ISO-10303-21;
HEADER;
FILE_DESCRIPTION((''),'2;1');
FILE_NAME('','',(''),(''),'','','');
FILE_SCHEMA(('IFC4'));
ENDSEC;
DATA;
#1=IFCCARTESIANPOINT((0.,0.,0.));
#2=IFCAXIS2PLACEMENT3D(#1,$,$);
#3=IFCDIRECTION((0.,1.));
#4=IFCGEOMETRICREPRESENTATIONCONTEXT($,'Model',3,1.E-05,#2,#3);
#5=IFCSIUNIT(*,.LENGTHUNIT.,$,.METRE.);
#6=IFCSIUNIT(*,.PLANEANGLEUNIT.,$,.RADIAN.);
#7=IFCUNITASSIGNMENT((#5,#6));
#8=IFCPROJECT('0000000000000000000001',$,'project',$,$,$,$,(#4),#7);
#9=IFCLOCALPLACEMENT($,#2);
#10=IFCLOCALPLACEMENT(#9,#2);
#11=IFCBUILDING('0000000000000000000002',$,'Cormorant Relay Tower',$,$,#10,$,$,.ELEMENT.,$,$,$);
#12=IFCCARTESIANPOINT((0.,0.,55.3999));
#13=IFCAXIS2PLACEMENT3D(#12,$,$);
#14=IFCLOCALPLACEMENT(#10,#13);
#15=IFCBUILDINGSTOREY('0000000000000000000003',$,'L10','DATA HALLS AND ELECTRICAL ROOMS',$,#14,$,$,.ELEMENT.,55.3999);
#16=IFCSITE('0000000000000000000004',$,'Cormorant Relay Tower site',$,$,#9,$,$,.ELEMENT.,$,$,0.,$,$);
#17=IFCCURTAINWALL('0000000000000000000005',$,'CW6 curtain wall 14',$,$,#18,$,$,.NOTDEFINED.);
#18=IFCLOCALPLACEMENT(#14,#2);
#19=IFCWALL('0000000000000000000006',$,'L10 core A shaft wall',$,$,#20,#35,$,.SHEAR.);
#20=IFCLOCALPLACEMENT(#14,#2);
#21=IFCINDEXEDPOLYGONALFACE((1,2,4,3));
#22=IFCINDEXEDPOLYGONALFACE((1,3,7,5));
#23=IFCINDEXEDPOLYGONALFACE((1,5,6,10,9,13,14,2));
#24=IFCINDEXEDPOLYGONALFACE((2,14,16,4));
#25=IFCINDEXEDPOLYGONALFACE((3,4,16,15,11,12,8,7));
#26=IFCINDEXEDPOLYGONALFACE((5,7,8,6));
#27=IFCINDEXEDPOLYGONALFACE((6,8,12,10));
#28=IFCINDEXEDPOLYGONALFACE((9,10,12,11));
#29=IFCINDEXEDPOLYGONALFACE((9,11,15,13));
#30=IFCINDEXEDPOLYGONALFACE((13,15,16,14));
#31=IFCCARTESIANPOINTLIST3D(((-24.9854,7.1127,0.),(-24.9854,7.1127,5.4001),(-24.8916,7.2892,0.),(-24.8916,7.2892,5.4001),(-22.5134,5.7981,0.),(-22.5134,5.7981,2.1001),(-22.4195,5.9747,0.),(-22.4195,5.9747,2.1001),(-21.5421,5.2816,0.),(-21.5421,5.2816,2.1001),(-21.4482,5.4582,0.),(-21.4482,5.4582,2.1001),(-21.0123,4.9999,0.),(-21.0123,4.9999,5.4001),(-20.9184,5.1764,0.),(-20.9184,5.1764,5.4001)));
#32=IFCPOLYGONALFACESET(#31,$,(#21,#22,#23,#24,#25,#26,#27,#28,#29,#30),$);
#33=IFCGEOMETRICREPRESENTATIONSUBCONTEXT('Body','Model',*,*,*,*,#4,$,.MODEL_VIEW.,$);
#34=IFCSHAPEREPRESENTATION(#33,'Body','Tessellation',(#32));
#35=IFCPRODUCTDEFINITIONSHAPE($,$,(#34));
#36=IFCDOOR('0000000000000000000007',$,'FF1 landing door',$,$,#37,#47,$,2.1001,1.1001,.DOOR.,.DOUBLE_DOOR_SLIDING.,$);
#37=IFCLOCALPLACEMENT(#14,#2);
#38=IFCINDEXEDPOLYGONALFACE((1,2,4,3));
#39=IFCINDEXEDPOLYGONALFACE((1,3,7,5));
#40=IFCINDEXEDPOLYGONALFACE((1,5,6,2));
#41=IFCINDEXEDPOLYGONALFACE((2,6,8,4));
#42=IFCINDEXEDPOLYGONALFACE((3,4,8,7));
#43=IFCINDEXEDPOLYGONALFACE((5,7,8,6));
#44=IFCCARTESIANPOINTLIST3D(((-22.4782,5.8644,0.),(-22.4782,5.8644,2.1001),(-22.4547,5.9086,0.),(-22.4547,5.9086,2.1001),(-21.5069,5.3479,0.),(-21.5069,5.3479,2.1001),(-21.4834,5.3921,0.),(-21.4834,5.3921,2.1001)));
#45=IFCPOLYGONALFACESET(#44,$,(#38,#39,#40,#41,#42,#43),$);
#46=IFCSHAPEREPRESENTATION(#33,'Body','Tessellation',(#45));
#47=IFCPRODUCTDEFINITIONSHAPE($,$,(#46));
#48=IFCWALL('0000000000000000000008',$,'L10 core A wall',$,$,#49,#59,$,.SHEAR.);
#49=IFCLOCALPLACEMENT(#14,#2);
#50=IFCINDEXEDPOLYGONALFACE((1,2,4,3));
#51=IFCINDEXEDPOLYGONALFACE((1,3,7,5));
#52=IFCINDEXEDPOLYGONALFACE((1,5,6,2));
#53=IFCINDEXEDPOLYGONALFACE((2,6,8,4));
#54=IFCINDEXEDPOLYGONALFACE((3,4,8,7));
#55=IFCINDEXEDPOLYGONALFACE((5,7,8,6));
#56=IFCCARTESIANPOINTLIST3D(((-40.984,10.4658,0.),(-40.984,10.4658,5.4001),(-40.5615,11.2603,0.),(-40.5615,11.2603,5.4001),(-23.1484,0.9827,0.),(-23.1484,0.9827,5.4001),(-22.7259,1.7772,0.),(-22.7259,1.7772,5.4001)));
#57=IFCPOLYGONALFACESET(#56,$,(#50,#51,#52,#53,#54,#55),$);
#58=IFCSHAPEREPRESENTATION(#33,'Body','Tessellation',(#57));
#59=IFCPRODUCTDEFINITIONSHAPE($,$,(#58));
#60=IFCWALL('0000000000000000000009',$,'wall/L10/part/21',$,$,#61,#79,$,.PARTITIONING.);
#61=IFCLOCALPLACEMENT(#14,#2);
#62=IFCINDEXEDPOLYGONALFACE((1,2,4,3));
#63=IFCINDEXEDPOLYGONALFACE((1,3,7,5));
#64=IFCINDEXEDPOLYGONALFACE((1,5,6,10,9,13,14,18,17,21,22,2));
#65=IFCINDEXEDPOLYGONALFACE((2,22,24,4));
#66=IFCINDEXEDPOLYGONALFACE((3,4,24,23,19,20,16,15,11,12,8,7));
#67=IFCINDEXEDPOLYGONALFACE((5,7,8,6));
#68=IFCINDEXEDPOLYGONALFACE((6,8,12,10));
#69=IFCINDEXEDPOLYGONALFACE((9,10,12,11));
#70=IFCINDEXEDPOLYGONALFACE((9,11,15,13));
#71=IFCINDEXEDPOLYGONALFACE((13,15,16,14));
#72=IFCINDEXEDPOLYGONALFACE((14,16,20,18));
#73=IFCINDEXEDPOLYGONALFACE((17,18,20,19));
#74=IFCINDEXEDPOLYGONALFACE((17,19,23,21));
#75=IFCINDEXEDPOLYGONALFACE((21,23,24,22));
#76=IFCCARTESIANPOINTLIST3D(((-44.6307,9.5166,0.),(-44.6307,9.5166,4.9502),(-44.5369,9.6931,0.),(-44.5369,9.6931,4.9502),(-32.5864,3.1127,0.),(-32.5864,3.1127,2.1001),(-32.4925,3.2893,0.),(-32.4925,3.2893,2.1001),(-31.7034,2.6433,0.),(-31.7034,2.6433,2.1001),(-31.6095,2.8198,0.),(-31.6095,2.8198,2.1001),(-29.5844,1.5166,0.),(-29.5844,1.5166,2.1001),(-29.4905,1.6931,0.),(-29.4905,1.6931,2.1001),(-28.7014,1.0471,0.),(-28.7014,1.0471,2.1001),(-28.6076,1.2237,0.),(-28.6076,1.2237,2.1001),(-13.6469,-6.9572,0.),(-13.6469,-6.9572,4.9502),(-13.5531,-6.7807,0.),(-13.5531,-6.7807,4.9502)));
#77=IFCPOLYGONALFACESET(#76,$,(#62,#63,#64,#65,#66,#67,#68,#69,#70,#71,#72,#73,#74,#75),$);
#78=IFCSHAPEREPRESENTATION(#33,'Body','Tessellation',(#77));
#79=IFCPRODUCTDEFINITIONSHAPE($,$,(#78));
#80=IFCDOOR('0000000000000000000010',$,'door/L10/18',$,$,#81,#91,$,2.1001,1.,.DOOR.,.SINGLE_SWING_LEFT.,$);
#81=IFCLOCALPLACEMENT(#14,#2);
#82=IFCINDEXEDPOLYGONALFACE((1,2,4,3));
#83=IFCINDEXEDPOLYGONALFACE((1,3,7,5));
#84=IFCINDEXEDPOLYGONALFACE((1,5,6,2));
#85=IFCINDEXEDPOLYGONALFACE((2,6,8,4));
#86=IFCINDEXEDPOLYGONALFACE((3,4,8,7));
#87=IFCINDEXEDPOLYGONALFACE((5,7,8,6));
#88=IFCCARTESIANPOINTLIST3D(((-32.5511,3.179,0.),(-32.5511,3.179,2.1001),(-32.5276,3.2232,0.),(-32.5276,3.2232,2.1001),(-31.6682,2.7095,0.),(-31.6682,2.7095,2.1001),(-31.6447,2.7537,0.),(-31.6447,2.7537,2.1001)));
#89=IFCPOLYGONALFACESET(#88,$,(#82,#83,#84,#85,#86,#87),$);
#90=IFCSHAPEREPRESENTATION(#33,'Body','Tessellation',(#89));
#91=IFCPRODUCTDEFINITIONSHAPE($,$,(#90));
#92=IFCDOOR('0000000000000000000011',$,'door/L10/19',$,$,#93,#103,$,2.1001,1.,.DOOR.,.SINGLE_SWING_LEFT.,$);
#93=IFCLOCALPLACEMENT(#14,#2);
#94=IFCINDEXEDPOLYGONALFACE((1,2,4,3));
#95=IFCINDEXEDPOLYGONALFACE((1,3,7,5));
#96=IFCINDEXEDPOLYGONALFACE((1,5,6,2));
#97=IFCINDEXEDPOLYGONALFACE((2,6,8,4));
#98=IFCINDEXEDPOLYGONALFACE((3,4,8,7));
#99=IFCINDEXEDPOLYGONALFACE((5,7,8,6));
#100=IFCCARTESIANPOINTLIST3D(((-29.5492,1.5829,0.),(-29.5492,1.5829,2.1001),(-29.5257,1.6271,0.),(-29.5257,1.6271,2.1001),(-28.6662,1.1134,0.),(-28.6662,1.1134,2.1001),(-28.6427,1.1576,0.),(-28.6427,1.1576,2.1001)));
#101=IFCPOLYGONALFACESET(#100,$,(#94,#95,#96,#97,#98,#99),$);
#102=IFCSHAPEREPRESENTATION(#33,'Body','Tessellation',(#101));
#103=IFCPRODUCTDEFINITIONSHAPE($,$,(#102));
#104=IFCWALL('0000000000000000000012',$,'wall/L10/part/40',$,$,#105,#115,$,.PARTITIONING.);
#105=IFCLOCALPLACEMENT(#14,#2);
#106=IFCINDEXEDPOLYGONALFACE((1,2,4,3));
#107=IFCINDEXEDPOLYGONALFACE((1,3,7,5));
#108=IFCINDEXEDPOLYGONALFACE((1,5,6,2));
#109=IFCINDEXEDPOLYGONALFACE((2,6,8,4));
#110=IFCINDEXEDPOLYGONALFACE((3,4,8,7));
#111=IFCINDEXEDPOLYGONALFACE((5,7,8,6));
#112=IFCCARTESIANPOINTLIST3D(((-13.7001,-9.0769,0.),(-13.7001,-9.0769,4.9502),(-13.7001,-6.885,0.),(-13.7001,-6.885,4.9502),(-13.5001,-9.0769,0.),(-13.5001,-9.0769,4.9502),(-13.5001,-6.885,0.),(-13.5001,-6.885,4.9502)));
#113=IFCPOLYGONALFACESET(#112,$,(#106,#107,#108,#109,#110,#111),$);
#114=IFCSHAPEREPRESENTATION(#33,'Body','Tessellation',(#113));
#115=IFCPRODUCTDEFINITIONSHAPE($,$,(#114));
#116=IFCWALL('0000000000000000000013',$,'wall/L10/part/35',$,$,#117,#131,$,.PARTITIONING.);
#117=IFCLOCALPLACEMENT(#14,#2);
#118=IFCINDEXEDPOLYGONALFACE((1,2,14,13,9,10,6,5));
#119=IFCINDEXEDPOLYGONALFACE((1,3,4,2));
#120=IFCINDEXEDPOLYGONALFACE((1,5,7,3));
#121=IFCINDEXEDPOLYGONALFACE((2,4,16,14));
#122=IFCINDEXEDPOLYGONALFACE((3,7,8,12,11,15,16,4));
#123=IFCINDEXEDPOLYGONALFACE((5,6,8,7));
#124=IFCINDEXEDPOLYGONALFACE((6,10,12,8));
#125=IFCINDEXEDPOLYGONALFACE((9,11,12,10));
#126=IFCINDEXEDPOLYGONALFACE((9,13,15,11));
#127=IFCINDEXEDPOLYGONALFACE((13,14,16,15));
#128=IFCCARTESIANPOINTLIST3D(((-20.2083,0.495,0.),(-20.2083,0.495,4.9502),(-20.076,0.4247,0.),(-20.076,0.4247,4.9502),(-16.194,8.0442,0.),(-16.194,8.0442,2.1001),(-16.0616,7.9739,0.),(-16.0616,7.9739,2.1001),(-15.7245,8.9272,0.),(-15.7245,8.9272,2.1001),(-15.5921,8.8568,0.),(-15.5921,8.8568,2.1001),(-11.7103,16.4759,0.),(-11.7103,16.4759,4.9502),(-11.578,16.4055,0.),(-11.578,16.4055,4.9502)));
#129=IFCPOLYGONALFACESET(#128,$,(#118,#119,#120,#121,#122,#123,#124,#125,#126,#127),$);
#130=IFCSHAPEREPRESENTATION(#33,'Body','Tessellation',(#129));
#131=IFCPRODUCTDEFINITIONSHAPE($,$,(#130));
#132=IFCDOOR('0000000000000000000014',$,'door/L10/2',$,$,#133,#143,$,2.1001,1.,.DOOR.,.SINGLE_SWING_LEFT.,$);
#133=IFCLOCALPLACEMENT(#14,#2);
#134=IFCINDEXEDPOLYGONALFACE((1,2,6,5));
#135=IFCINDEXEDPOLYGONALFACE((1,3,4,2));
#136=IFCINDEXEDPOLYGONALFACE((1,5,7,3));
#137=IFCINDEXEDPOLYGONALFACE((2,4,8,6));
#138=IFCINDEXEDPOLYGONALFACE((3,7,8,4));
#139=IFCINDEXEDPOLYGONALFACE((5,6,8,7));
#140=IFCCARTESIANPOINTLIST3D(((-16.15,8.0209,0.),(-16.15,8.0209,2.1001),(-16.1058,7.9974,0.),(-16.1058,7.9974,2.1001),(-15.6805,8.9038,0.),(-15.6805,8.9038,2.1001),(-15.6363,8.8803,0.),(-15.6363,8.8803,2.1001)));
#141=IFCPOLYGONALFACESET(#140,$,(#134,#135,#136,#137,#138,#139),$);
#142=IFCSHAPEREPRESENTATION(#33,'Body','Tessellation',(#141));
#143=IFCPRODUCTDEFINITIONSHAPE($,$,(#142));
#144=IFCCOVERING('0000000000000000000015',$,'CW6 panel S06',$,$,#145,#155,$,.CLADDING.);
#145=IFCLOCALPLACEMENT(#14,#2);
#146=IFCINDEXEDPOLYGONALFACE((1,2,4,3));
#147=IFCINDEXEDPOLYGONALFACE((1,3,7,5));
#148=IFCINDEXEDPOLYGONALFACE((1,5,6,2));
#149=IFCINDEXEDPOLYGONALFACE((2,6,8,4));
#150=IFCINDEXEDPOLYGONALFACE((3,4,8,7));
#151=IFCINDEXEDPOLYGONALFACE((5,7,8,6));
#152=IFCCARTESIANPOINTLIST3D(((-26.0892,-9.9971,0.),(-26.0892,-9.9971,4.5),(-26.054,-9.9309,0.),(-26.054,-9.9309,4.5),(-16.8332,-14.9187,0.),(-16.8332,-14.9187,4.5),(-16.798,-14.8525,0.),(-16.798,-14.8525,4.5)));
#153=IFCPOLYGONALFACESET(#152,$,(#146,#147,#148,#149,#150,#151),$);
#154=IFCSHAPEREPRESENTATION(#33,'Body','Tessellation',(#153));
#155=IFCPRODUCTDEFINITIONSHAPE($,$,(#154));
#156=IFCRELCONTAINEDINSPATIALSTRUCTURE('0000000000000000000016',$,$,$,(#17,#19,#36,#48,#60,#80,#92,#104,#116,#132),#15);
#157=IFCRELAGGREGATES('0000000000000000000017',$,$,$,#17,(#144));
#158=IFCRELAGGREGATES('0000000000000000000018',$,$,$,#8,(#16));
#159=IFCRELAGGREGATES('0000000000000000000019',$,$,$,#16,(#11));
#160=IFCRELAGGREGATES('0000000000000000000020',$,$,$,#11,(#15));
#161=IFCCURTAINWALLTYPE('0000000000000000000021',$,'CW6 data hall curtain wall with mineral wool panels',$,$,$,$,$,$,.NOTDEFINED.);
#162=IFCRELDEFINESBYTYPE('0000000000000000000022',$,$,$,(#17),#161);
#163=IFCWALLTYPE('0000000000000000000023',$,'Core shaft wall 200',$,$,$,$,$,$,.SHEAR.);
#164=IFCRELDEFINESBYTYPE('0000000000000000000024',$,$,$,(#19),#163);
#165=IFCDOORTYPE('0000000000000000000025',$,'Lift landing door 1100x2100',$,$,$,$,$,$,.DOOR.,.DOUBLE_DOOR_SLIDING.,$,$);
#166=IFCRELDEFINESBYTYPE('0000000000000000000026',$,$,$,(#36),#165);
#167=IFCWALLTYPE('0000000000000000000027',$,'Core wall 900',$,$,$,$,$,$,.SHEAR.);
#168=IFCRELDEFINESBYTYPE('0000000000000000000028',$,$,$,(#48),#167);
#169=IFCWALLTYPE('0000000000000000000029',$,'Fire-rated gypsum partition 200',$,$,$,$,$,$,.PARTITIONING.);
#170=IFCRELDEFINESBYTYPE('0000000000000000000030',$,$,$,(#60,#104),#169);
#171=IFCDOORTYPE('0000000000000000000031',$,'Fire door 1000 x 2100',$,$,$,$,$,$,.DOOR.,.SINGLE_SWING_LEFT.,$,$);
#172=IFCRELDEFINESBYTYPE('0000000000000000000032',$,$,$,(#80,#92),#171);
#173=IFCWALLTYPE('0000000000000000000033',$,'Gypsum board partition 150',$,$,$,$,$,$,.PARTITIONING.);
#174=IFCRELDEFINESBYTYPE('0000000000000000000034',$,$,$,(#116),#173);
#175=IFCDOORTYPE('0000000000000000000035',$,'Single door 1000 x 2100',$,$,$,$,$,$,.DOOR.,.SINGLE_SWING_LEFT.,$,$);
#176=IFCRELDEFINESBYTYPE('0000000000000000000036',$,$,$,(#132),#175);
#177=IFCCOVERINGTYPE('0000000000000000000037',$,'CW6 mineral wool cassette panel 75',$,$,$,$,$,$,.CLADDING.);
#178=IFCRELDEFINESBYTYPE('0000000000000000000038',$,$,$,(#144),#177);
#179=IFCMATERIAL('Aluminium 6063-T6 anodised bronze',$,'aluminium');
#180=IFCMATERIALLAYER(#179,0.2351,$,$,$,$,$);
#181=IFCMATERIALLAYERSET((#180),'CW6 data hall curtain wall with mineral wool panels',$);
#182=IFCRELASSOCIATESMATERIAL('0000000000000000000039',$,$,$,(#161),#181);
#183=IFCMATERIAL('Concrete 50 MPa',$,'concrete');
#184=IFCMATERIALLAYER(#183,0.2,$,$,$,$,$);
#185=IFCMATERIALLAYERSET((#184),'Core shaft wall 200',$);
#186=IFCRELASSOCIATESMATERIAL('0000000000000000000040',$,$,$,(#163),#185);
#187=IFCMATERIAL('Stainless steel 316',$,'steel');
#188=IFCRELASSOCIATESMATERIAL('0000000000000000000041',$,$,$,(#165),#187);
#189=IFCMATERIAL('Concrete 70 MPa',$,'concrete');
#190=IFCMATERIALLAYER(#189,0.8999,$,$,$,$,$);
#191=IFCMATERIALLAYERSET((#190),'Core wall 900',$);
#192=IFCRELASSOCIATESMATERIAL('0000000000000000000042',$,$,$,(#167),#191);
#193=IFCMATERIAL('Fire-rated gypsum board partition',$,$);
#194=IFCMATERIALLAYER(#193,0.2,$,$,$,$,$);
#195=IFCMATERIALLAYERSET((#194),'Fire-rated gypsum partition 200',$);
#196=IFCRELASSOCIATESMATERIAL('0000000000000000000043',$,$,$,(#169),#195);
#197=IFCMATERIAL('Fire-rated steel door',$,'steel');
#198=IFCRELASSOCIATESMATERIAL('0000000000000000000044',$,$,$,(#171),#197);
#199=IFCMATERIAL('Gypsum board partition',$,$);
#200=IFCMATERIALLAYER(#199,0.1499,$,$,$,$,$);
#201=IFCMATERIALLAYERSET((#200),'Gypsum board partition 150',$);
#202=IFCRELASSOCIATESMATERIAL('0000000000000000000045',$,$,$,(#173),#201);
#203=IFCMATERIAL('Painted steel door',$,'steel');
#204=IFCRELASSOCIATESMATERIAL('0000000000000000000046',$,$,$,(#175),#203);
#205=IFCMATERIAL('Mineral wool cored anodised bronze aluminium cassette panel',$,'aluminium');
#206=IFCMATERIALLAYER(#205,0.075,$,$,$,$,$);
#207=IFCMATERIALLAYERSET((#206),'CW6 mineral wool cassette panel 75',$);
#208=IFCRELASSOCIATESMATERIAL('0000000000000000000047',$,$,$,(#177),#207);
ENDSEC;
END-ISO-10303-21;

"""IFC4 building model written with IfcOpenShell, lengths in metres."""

from ifc_helpers import new_model, si_unit, direction, frame, frame_2d, origin, origin_2d, place, context, subcontext, project, spatial, rectangle, extrude, material, layer, layer_set, type_object, element, fill, aggregate, save


model = new_model("IFC4")

# Units and contexts
model_context = context("Model", 3, precision=1e-05, world=origin(), true_north=direction((0.0, 1.0)))
body_context = subcontext(model_context, "Body", "Model", "MODEL_VIEW")
ifc_project = project(units=[si_unit("LENGTHUNIT", "METRE"), si_unit("PLANEANGLEUNIT", "RADIAN")], contexts=[model_context])

# Site, building, storey
site_placement = place(None, origin())
site = spatial("IfcSite", under=ifc_project, at=site_placement, Name="Cormorant Relay Tower site", CompositionType="ELEMENT", RefElevation=0.0)
building_placement = place(site_placement, origin())
building = spatial("IfcBuilding", under=site, at=building_placement, Name="Cormorant Relay Tower", CompositionType="ELEMENT")
storey_placement = place(building_placement, frame((0.0, 0.0, 55.3999)))
storey = spatial("IfcBuildingStorey", under=building, at=storey_placement, Name="L10", Description="DATA HALLS AND ELECTRICAL ROOMS", CompositionType="ELEMENT", Elevation=55.3999)

# Curtain wall
ifc_material_1 = material(Name="Aluminium 6063-T6 anodised bronze", Category="aluminium")
ifc_layer_1 = layer(ifc_material_1, 0.2351)
ifc_layer_set_1 = layer_set([ifc_layer_1], Name="CW6 data hall curtain wall with mineral wool panels")
curtain_wall_type = type_object("IfcCurtainWallType", Name="CW6 data hall curtain wall with mineral wool panels", PredefinedType="NOTDEFINED", material=ifc_layer_set_1)
curtain_wall_placement = place(storey_placement, origin())
curtain_wall = element("IfcCurtainWall", 1, at=curtain_wall_placement, inside=storey, type_object=curtain_wall_type, Name="CW6 curtain wall 14", PredefinedType="NOTDEFINED")

# Shared definitions
ifc_material_2 = material(Name="Concrete 50 MPa", Category="concrete")
ifc_layer_2 = layer(ifc_material_2, 0.2)
ifc_layer_set_2 = layer_set([ifc_layer_2], Name="Core shaft wall 200")
wall_type_1 = type_object("IfcWallType", Name="Core shaft wall 200", PredefinedType="SHEAR", material=ifc_layer_set_2)

# Wall, opening, door
wall_1_placement = place(storey_placement, frame((-20.9653, 5.0881, 0.0), z_axis=(0.0, 0.0, 1.0), x_axis=(-0.882926, 0.469512, 0.0)))
wall_1 = element("IfcWall", 2, at=wall_1_placement, inside=storey, type_object=wall_type_1, Name="L10 core A shaft wall", PredefinedType="SHEAR", context=body_context, shape_type="SweptSolid", body=[
    extrude(rectangle(XDim=4.5, YDim=0.2, at=frame_2d((2.25, 0.0))), origin(), (0.0, 0.0, 1.0), 5.4001),
])
opening_1_placement = place(wall_1_placement, frame((0.6001, 0.0, 0.0)))
opening_1 = element("IfcOpeningElement", 3, at=opening_1_placement, cuts=wall_1, PredefinedType="OPENING", context=body_context, shape_type="SweptSolid", body=[
    extrude(rectangle(XDim=1.1001, YDim=2.1001, at=frame_2d((0.55, 1.05))), frame((0.0, 0.1099, 0.0), z_axis=(0.0, -1.0, 0.0), x_axis=(1.0, 0.0, 0.0)), (0.0, 0.0, 1.0), 0.22),
])
ifc_material_3 = material(Name="Stainless steel 316", Category="steel")
door_type_1 = type_object("IfcDoorType", Name="Lift landing door 1100x2100", OperationType="DOUBLE_DOOR_SLIDING", PredefinedType="DOOR", material=ifc_material_3)
door_1_placement = place(opening_1_placement, origin())
door_1 = element("IfcDoor", 4, at=door_1_placement, inside=storey, type_object=door_type_1, Name="FF1 landing door", OperationType="DOUBLE_DOOR_SLIDING", OverallHeight=2.1001, OverallWidth=1.1001, PredefinedType="DOOR", context=body_context, shape_type="SweptSolid", body=[
    extrude(rectangle(XDim=1.1001, YDim=2.1001, at=frame_2d((0.55, 1.05))), frame((0.0, 0.0249, 0.0), z_axis=(0.0, -1.0, 0.0), x_axis=(1.0, 0.0, 0.0)), (0.0, 0.0, 1.0), 0.05),
])
fill(opening_1, door_1)

# Wall
ifc_material_4 = material(Name="Concrete 70 MPa", Category="concrete")
ifc_layer_3 = layer(ifc_material_4, 0.8999)
ifc_layer_set_3 = layer_set([ifc_layer_3], Name="Core wall 900")
wall_type_2 = type_object("IfcWallType", Name="Core wall 900", PredefinedType="SHEAR", material=ifc_layer_set_3)
wall_2_placement = place(storey_placement, frame((-22.937, 1.3799, 0.0), z_axis=(0.0, 0.0, 1.0), x_axis=(-0.882953, 0.469462, 0.0)))
element("IfcWall", 5, at=wall_2_placement, inside=storey, type_object=wall_type_2, Name="L10 core A wall", PredefinedType="SHEAR", context=body_context, shape_type="SweptSolid", body=[
    extrude(rectangle(XDim=20.2, YDim=0.8999, at=frame_2d((10.1001, 0.0))), origin(), (0.0, 0.0, 1.0), 5.4001),
])

# Wall, openings, doors
ifc_material_5 = material(Name="Fire-rated gypsum board partition")
ifc_layer_4 = layer(ifc_material_5, 0.2)
ifc_layer_set_4 = layer_set([ifc_layer_4], Name="Fire-rated gypsum partition 200")
wall_type_3 = type_object("IfcWallType", Name="Fire-rated gypsum partition 200", PredefinedType="PARTITIONING", material=ifc_layer_set_4)
wall_3_placement = place(storey_placement, frame((-13.6001, -6.8689, 0.0), z_axis=(0.0, 0.0, 1.0), x_axis=(-0.882954, 0.469459, 0.0)))
wall_3 = element("IfcWall", 6, at=wall_3_placement, inside=storey, type_object=wall_type_3, Name="wall/L10/part/21", PredefinedType="PARTITIONING", context=body_context, shape_type="SweptSolid", body=[
    extrude(rectangle(XDim=35.0911, YDim=0.2, at=frame_2d((17.5454, 0.0))), origin(), (0.0, 0.0, 1.0), 4.9502),
])
opening_2_placement = place(wall_3_placement, frame((20.45, 0.0, 0.0)))
opening_2 = element("IfcOpeningElement", 7, at=opening_2_placement, cuts=wall_3, PredefinedType="OPENING", context=body_context, shape_type="SweptSolid", body=[
    extrude(rectangle(XDim=1.0, YDim=2.1001, at=frame_2d((0.5, 1.05))), frame((0.0, 0.1099, 0.0), z_axis=(0.0, -1.0, 0.0), x_axis=(1.0, 0.0, 0.0)), (0.0, 0.0, 1.0), 0.22),
])
opening_3_placement = place(wall_3_placement, frame((17.05, 0.0, 0.0)))
opening_3 = element("IfcOpeningElement", 8, at=opening_3_placement, cuts=wall_3, PredefinedType="OPENING", context=body_context, shape_type="SweptSolid", body=[
    extrude(rectangle(XDim=1.0, YDim=2.1001, at=frame_2d((0.5, 1.05))), frame((0.0, 0.1099, 0.0), z_axis=(0.0, -1.0, 0.0), x_axis=(1.0, 0.0, 0.0)), (0.0, 0.0, 1.0), 0.22),
])
ifc_material_6 = material(Name="Fire-rated steel door", Category="steel")
door_type_2 = type_object("IfcDoorType", Name="Fire door 1000 x 2100", OperationType="SINGLE_SWING_LEFT", PredefinedType="DOOR", material=ifc_material_6)
door_2_placement = place(opening_2_placement, origin())
door_2 = element("IfcDoor", 9, at=door_2_placement, inside=storey, type_object=door_type_2, Name="door/L10/18", OperationType="SINGLE_SWING_LEFT", OverallHeight=2.1001, OverallWidth=1.0, PredefinedType="DOOR", context=body_context, shape_type="SweptSolid", body=[
    extrude(rectangle(XDim=1.0, YDim=2.1001, at=frame_2d((0.5, 1.05))), frame((0.0, 0.0249, 0.0), z_axis=(0.0, -1.0, 0.0), x_axis=(1.0, 0.0, 0.0)), (0.0, 0.0, 1.0), 0.05),
])
fill(opening_2, door_2)
door_3_placement = place(opening_3_placement, origin())
door_3 = element("IfcDoor", 10, at=door_3_placement, inside=storey, type_object=door_type_2, Name="door/L10/19", OperationType="SINGLE_SWING_LEFT", OverallHeight=2.1001, OverallWidth=1.0, PredefinedType="DOOR", context=body_context, shape_type="SweptSolid", body=[
    extrude(rectangle(XDim=1.0, YDim=2.1001, at=frame_2d((0.5, 1.05))), frame((0.0, 0.0249, 0.0), z_axis=(0.0, -1.0, 0.0), x_axis=(1.0, 0.0, 0.0)), (0.0, 0.0, 1.0), 0.05),
])
fill(opening_3, door_3)

# Wall
wall_4_placement = place(storey_placement, frame((-13.6001, -9.0769, 0.0), z_axis=(0.0, 0.0, 1.0), x_axis=(0.0, 1.0, 0.0)))
element("IfcWall", 11, at=wall_4_placement, inside=storey, type_object=wall_type_3, Name="wall/L10/part/40", PredefinedType="PARTITIONING", context=body_context, shape_type="SweptSolid", body=[
    extrude(rectangle(XDim=2.1919, YDim=0.2, at=frame_2d((1.0959, 0.0))), origin(), (0.0, 0.0, 1.0), 4.9502),
])

# Wall, opening, door
ifc_material_7 = material(Name="Gypsum board partition")
ifc_layer_5 = layer(ifc_material_7, 0.1499)
ifc_layer_set_5 = layer_set([ifc_layer_5], Name="Gypsum board partition 150")
wall_type_4 = type_object("IfcWallType", Name="Gypsum board partition 150", PredefinedType="PARTITIONING", material=ifc_layer_set_5)
wall_5_placement = place(storey_placement, frame((-20.1421, 0.46, 0.0), z_axis=(0.0, 0.0, 1.0), x_axis=(0.469507, 0.882929, 0.0)))
wall_5 = element("IfcWall", 12, at=wall_5_placement, inside=storey, type_object=wall_type_4, Name="wall/L10/part/35", PredefinedType="PARTITIONING", context=body_context, shape_type="SweptSolid", body=[
    extrude(rectangle(XDim=18.0999, YDim=0.1499, at=frame_2d((9.0498, 0.0))), origin(), (0.0, 0.0, 1.0), 4.9502),
])
opening_4_placement = place(wall_5_placement, frame((8.55, 0.0, 0.0)))
opening_4 = element("IfcOpeningElement", 13, at=opening_4_placement, cuts=wall_5, PredefinedType="OPENING", context=body_context, shape_type="SweptSolid", body=[
    extrude(rectangle(XDim=1.0, YDim=2.1001, at=frame_2d((0.5, 1.05))), frame((0.0, 0.085, 0.0), z_axis=(0.0, -1.0, 0.0), x_axis=(1.0, 0.0, 0.0)), (0.0, 0.0, 1.0), 0.1699),
])
ifc_material_8 = material(Name="Painted steel door", Category="steel")
door_type_3 = type_object("IfcDoorType", Name="Single door 1000 x 2100", OperationType="SINGLE_SWING_LEFT", PredefinedType="DOOR", material=ifc_material_8)
door_4_placement = place(opening_4_placement, frame((1.0, 0.0, 0.0), z_axis=(0.0, 0.0, 1.0), x_axis=(-1.0, 0.0, 0.0)))
door_4 = element("IfcDoor", 14, at=door_4_placement, inside=storey, type_object=door_type_3, Name="door/L10/2", OperationType="SINGLE_SWING_LEFT", OverallHeight=2.1001, OverallWidth=1.0, PredefinedType="DOOR", context=body_context, shape_type="SweptSolid", body=[
    extrude(rectangle(XDim=1.0, YDim=2.1001, at=frame_2d((0.5, 1.05))), frame((0.0, 0.0249, 0.0), z_axis=(0.0, -1.0, 0.0), x_axis=(1.0, 0.0, 0.0)), (0.0, 0.0, 1.0), 0.05),
])
fill(opening_4, door_4)

# Covering
ifc_material_9 = material(Name="Mineral wool cored anodised bronze aluminium cassette panel", Category="aluminium")
ifc_layer_6 = layer(ifc_material_9, 0.075)
ifc_layer_set_6 = layer_set([ifc_layer_6], Name="CW6 mineral wool cassette panel 75")
covering_type = type_object("IfcCoveringType", Name="CW6 mineral wool cassette panel 75", PredefinedType="CLADDING", material=ifc_layer_set_6)
covering_placement = place(storey_placement, frame((-21.4436, -12.4248, 0.0), z_axis=(0.0, 0.0, 1.0), x_axis=(0.882948, -0.469472, 0.0)))
covering = element("IfcCovering", 15, at=covering_placement, type_object=covering_type, Name="CW6 panel S06", PredefinedType="CLADDING", context=body_context, shape_type="SweptSolid", body=[
    extrude(rectangle(XDim=10.4832, YDim=0.075, at=origin_2d()), origin(), (0.0, 0.0, 1.0), 4.5),
])
aggregate(curtain_wall, [covering])

save(model, "model.ifc")
